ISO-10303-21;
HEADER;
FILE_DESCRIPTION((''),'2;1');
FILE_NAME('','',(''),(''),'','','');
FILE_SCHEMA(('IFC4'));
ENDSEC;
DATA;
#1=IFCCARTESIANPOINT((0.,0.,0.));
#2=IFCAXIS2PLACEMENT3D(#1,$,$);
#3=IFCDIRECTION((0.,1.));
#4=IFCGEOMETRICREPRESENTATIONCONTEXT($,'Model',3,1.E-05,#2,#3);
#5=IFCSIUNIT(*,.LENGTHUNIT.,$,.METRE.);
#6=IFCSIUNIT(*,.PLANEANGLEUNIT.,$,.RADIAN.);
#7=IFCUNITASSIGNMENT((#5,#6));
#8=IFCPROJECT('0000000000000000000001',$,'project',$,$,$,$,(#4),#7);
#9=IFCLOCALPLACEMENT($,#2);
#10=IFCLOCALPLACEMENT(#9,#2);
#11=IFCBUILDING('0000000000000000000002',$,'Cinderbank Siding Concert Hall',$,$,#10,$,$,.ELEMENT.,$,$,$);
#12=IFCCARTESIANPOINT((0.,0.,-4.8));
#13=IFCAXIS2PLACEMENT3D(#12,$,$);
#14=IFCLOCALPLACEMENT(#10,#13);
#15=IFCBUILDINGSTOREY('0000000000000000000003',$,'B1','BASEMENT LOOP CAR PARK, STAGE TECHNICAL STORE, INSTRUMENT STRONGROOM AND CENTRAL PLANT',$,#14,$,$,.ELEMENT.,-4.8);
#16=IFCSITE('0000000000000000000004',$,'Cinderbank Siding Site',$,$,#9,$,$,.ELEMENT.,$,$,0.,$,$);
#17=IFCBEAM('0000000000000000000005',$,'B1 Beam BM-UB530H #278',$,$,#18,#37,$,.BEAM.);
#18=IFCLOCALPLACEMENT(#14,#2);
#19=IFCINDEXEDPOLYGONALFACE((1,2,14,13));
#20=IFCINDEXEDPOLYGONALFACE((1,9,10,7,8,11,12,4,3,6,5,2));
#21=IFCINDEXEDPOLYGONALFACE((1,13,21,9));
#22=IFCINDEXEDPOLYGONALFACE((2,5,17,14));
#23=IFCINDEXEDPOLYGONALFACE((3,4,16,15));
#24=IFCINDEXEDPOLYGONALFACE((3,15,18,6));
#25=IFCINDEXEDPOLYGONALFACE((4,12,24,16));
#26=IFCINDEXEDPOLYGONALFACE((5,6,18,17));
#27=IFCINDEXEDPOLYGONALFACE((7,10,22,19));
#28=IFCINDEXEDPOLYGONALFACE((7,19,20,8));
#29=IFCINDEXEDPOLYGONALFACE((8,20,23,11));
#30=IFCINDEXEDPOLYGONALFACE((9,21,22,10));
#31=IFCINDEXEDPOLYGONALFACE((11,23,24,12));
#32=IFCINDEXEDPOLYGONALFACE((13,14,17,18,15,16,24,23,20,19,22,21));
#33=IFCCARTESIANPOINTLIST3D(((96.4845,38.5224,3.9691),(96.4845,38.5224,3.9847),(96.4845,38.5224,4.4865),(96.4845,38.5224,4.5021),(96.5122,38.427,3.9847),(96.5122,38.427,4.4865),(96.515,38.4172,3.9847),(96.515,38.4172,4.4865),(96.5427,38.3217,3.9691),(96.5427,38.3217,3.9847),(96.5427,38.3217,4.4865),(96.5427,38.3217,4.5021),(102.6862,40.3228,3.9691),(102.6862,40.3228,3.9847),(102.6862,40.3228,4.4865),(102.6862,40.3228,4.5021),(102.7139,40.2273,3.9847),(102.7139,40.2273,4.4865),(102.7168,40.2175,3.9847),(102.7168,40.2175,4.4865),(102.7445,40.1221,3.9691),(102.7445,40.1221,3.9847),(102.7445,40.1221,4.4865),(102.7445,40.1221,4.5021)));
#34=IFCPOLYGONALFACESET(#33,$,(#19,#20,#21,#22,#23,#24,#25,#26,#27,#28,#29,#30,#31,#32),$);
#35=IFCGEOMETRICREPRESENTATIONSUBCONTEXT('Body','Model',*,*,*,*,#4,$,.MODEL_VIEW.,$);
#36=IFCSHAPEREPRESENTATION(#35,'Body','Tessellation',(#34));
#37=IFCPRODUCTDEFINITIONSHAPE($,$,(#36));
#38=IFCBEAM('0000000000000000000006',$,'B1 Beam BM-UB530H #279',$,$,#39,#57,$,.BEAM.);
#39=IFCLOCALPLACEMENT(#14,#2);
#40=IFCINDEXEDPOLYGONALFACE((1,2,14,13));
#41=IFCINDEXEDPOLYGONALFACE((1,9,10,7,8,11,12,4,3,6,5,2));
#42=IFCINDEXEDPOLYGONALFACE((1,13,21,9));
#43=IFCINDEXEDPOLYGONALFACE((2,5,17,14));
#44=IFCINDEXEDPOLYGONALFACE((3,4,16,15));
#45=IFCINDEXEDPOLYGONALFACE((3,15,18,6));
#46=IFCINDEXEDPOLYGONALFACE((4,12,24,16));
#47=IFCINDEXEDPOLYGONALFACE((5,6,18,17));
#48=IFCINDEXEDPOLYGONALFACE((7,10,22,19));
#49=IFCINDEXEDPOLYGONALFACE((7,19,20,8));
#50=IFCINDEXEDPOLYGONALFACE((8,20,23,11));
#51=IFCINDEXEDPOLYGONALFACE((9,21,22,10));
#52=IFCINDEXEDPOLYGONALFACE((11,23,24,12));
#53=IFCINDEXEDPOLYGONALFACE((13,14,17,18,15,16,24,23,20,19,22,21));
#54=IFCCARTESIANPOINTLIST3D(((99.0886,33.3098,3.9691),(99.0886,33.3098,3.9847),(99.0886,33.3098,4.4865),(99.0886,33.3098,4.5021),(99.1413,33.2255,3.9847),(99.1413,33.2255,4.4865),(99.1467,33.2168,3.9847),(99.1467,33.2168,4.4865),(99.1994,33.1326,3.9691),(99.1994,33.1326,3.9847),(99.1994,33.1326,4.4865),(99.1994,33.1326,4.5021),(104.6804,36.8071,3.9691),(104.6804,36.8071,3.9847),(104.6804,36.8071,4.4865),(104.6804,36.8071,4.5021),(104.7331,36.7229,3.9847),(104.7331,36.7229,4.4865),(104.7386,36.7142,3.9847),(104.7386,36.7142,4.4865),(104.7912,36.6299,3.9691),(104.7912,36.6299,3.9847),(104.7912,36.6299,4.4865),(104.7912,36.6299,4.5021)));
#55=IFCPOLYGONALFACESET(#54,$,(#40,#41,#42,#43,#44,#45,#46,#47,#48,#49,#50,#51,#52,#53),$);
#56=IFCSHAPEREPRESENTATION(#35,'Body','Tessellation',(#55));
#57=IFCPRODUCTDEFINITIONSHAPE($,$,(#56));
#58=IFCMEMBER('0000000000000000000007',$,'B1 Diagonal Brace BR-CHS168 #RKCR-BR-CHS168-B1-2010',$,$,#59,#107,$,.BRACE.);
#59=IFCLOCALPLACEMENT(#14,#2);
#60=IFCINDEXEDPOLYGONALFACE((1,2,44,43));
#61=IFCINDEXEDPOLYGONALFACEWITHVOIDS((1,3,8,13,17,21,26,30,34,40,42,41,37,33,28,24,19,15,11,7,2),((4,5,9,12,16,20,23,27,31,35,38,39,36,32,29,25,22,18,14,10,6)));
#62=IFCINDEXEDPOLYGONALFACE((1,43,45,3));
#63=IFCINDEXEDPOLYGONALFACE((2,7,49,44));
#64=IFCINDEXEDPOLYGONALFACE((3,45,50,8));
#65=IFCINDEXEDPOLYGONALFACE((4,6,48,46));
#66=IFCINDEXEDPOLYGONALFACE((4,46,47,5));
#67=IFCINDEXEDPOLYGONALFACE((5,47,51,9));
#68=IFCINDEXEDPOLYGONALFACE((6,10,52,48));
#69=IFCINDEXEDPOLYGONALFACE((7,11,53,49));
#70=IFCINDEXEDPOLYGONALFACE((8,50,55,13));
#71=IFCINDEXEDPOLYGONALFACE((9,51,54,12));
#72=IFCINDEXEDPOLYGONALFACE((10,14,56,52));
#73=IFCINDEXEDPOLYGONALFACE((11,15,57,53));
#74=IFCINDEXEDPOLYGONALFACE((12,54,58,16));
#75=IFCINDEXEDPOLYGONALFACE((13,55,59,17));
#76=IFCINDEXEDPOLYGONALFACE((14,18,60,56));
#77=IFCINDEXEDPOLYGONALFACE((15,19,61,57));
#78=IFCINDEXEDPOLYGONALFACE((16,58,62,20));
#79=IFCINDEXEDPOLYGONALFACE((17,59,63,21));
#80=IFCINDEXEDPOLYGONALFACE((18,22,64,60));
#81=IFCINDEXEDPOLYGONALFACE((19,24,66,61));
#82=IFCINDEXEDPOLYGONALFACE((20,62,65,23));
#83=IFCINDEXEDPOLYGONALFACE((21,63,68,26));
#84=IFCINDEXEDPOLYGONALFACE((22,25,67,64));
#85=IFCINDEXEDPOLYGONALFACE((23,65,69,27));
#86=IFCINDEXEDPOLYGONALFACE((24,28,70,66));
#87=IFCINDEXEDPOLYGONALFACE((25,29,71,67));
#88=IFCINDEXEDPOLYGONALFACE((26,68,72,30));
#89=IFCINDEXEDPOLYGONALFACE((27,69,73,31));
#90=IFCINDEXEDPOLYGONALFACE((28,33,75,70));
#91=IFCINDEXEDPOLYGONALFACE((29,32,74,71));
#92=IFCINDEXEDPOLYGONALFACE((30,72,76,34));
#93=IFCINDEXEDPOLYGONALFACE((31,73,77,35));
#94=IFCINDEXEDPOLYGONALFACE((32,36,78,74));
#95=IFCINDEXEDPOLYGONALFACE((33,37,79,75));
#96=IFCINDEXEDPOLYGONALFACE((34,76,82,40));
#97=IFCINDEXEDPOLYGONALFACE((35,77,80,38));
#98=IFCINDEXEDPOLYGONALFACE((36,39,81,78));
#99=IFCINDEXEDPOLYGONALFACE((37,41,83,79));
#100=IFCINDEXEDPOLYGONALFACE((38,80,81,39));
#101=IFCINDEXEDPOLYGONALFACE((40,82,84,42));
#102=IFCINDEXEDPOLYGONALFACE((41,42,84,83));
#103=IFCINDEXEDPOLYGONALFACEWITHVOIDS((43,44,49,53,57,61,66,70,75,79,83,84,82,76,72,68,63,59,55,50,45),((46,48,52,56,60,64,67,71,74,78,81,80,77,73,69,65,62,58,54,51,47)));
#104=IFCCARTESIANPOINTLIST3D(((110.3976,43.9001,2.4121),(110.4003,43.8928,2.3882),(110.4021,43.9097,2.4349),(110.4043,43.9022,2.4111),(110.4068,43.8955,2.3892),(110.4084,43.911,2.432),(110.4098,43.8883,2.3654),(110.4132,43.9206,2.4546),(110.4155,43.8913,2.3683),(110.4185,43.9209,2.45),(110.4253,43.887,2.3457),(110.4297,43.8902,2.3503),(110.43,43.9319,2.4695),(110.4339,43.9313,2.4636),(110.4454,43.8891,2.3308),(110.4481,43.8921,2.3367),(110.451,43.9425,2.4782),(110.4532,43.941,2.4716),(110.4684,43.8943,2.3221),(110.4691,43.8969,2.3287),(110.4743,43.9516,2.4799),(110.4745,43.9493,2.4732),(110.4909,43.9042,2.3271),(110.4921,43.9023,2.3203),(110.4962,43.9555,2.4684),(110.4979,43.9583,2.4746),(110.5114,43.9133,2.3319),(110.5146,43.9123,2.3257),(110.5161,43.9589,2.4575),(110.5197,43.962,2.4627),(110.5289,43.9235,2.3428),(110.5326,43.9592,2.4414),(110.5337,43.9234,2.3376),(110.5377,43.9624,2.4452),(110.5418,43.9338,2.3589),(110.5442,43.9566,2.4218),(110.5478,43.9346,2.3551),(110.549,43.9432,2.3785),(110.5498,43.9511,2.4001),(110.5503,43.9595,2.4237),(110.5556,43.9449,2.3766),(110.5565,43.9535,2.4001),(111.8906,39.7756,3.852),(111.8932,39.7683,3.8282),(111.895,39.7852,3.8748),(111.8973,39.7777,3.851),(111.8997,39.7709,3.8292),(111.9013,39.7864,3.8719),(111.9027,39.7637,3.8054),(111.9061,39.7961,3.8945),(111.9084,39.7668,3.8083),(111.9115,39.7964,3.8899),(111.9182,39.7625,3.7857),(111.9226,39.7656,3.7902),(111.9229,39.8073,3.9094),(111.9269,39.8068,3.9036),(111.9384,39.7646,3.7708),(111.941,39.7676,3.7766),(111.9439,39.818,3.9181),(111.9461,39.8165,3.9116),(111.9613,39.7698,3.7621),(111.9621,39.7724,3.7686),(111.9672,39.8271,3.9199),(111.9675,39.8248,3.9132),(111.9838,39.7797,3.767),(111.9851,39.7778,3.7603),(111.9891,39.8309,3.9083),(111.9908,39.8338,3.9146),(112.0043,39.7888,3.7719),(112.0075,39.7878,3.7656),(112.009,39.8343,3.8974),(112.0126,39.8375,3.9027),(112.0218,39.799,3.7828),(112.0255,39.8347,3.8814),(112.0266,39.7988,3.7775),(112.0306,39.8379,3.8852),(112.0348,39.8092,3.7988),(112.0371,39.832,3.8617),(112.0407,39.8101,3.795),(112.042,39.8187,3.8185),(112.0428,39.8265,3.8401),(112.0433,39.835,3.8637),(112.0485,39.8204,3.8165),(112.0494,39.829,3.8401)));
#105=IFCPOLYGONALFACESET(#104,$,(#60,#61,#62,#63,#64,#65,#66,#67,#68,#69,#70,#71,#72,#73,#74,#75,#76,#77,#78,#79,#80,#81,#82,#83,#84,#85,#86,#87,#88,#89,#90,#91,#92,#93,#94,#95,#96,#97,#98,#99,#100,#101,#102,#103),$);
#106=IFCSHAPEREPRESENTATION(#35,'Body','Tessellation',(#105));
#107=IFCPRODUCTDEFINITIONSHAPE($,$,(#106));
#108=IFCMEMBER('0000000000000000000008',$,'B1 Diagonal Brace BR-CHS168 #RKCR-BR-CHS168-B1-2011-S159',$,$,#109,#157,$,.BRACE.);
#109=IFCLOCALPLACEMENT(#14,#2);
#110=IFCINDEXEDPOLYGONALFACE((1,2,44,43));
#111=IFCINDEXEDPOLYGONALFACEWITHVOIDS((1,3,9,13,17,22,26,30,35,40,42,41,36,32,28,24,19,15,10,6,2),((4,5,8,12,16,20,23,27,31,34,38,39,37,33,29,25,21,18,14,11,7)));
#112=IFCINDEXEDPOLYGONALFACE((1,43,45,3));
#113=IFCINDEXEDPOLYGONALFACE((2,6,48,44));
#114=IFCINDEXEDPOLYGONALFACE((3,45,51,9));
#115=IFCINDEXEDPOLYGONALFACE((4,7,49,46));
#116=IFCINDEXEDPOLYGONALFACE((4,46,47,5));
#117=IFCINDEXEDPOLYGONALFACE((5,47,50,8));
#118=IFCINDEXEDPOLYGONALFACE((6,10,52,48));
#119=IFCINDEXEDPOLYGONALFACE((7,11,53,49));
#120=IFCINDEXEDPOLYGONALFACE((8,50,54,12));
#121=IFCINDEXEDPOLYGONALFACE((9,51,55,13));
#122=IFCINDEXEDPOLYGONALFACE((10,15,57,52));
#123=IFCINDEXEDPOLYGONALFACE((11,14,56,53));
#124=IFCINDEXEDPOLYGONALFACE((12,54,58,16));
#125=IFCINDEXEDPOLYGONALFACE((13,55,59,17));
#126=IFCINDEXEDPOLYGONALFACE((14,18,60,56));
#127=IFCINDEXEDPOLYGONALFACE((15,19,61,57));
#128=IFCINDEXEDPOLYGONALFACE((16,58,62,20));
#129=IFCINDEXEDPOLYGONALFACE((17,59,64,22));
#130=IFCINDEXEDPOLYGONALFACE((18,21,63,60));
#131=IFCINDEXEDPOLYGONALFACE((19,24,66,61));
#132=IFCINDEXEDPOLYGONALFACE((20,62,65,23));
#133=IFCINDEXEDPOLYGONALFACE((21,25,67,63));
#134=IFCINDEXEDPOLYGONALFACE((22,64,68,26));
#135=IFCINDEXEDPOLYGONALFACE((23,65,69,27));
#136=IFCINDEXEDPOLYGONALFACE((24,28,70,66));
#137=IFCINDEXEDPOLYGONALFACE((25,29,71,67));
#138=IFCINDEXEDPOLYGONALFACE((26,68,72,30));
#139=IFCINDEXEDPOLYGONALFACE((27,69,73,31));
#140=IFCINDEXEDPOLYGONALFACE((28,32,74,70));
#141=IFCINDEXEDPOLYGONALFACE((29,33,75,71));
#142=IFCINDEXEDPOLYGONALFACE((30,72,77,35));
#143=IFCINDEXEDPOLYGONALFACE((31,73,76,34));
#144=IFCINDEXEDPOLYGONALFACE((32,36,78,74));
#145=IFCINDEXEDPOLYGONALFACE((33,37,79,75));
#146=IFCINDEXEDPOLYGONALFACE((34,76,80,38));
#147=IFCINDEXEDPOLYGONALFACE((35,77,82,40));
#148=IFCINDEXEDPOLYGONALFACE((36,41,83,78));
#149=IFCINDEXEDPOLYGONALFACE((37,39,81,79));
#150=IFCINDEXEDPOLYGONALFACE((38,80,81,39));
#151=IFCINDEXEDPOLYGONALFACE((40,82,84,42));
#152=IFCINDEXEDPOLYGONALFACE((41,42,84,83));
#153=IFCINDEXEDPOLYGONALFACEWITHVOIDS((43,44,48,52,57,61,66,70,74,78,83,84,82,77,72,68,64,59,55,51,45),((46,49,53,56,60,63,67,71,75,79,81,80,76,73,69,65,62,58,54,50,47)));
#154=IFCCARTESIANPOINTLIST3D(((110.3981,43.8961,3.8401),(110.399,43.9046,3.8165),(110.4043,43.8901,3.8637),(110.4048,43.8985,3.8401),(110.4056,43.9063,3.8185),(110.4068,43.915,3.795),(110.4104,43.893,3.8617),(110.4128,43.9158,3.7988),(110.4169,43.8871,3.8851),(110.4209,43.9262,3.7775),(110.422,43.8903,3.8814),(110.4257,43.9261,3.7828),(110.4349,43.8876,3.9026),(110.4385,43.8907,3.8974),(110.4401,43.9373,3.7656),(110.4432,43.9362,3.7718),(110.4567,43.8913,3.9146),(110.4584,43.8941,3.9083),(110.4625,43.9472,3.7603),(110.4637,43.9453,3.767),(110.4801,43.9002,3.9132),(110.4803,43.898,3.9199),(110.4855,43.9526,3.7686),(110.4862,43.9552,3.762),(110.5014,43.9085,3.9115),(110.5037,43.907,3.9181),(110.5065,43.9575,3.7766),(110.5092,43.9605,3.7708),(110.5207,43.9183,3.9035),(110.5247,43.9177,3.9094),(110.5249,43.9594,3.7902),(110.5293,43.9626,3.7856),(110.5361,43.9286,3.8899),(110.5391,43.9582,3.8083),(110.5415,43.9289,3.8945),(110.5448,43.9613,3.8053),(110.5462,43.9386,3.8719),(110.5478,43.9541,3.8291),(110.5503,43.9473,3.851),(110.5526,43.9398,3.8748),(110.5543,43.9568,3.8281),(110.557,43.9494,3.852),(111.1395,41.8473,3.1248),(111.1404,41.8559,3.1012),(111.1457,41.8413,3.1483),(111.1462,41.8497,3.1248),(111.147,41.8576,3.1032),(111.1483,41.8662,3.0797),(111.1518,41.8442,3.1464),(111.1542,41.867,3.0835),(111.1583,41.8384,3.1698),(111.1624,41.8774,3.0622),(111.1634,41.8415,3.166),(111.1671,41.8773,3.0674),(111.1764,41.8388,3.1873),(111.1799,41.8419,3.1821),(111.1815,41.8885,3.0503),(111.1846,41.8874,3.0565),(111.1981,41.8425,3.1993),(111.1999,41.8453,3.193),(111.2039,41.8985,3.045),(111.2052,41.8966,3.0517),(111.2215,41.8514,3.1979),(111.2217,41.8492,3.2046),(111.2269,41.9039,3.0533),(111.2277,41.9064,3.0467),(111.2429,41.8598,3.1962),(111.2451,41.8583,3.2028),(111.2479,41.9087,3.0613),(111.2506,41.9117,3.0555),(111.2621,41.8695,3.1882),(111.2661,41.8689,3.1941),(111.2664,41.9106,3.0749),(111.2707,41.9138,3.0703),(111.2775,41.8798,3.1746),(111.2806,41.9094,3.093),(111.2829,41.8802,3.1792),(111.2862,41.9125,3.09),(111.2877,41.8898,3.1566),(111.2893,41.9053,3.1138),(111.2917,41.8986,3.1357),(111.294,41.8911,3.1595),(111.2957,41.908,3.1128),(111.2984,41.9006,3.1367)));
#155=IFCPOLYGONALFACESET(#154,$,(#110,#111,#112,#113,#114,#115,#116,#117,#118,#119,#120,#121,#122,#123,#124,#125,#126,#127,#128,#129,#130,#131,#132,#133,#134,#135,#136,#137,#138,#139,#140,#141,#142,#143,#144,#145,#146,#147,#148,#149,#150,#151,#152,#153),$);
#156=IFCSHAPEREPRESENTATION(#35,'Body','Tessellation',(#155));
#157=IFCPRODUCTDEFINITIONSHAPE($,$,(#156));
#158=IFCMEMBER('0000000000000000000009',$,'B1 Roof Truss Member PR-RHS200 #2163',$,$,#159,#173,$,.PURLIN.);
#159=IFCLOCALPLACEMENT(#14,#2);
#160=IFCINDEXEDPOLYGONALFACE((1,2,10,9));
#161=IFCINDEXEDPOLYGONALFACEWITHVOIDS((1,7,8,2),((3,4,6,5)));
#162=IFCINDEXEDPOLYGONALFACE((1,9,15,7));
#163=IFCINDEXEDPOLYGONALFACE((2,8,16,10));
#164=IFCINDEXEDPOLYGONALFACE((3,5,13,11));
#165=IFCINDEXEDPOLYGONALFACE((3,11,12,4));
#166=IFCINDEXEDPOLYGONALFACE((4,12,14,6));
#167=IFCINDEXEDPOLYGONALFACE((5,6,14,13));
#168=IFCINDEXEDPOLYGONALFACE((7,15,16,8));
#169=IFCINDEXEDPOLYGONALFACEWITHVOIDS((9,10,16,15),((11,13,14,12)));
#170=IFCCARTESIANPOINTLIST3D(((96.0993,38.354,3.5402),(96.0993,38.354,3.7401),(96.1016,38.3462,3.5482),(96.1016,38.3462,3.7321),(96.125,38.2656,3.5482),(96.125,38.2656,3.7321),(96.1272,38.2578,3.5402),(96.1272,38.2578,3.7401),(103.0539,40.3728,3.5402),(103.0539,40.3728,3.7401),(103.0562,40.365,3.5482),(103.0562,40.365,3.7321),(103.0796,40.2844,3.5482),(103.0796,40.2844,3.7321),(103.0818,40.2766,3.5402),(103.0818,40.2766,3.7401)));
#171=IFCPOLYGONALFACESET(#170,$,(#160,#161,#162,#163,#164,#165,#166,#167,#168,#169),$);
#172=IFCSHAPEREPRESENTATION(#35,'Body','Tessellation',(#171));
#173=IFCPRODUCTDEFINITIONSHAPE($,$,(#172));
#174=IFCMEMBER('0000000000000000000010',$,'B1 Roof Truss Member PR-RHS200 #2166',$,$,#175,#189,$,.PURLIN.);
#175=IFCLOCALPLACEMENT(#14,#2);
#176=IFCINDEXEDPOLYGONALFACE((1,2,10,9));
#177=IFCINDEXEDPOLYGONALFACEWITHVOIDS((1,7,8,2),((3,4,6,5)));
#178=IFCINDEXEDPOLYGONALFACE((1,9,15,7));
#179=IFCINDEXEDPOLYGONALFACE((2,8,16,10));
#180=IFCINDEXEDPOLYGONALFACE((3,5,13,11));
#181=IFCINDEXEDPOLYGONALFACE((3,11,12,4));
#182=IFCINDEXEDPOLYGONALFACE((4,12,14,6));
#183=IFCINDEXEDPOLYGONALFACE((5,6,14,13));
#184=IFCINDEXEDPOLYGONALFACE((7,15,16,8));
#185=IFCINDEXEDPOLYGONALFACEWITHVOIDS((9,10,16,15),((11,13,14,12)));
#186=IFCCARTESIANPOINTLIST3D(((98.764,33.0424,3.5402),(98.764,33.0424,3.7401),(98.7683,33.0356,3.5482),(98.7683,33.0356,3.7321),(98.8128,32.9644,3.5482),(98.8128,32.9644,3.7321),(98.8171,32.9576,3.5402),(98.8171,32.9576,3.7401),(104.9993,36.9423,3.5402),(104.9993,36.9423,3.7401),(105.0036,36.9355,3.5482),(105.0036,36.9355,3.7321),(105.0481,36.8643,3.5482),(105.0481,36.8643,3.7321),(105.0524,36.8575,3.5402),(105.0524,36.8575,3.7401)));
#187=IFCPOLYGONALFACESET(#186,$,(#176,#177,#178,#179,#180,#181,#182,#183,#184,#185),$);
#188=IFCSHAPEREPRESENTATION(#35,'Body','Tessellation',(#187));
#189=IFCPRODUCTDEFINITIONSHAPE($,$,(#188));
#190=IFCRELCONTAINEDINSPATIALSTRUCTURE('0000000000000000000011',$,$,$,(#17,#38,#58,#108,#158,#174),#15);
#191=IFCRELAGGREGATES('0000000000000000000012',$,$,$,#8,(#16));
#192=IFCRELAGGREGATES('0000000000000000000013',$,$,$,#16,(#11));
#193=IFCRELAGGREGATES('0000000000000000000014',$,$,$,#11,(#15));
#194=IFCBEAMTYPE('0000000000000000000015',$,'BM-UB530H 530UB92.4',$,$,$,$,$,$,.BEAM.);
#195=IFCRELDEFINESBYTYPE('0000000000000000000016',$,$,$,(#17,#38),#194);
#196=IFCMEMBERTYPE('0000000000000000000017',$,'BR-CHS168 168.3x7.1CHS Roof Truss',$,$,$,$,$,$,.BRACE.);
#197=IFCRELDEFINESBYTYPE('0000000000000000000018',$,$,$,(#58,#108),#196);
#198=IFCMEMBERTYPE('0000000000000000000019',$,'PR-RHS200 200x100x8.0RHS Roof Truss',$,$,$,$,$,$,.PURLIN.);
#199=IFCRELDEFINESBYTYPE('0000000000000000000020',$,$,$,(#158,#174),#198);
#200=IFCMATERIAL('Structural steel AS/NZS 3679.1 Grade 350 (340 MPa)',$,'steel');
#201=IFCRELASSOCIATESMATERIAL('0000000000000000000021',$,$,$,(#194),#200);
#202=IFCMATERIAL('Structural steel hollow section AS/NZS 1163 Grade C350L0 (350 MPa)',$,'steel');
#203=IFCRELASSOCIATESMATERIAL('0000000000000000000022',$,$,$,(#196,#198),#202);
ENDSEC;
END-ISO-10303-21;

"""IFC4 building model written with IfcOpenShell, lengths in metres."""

from ifc_helpers import new_model, si_unit, direction, frame, origin, origin_2d, place, context, subcontext, project, spatial, hollow_rectangle, hollow_circle, i_section, extrude, material, material_profile, profile_set, type_object, element, save


model = new_model("IFC4")

# Units and contexts
model_context = context("Model", 3, precision=1e-05, world=origin(), true_north=direction((0.0, 1.0)))
body_context = subcontext(model_context, "Body", "Model", "MODEL_VIEW")
ifc_project = project(units=[si_unit("LENGTHUNIT", "METRE"), si_unit("PLANEANGLEUNIT", "RADIAN")], contexts=[model_context])

# Site, building, storey
site_placement = place(None, origin())
site = spatial("IfcSite", under=ifc_project, at=site_placement, Name="Cinderbank Siding Site", CompositionType="ELEMENT", RefElevation=0.0)
building_placement = place(site_placement, origin())
building = spatial("IfcBuilding", under=site, at=building_placement, Name="Cinderbank Siding Concert Hall", CompositionType="ELEMENT")
storey_placement = place(building_placement, frame((0.0, 0.0, -4.8)))
storey = spatial("IfcBuildingStorey", under=building, at=storey_placement, Name="B1", Description="BASEMENT LOOP CAR PARK, STAGE TECHNICAL STORE, INSTRUMENT STRONGROOM AND CENTRAL PLANT", CompositionType="ELEMENT", Elevation=-4.8)

# Beams
ifc_material_1 = material(Name="Structural steel AS/NZS 3679.1 Grade 350 (340 MPa)", Category="steel")
ifc_material_profile_1 = material_profile(ifc_material_1, i_section(OverallWidth=0.209, OverallDepth=0.533, WebThickness=0.0103, FlangeThickness=0.0156, at=origin_2d()), Name="530UB92.4", Category="LoadBearing")
ifc_profile_set_1 = profile_set([ifc_material_profile_1], Name="Structural steel AS/NZS 3679.1 Grade 350 (340 MPa)")
beam_type_1 = type_object("IfcBeamType", Name="BM-UB530H 530UB92.4", PredefinedType="BEAM", material=ifc_profile_set_1)
beam_1_placement = place(storey_placement, frame((102.7153, 40.2224, 4.2356), z_axis=(-0.960354, -0.278783, 0.0), x_axis=(0.278783, -0.960354, 0.0)))
element("IfcBeam", 1, at=beam_1_placement, inside=storey, type_object=beam_type_1, Name="B1 Beam BM-UB530H #278", PredefinedType="BEAM", context=body_context, shape_type="SweptSolid", body=[
    extrude(i_section(OverallWidth=0.209, OverallDepth=0.533, WebThickness=0.0103, FlangeThickness=0.0156, at=origin_2d()), origin(), (0.0, 0.0, 1.0), 6.4578),
])
beam_2_placement = place(storey_placement, frame((104.7358, 36.7185, 4.2356), z_axis=(-0.847832, -0.530265, 0.0), x_axis=(0.530265, -0.847832, 0.0)))
element("IfcBeam", 2, at=beam_2_placement, inside=storey, type_object=beam_type_1, Name="B1 Beam BM-UB530H #279", PredefinedType="BEAM", context=body_context, shape_type="SweptSolid", body=[
    extrude(i_section(OverallWidth=0.209, OverallDepth=0.533, WebThickness=0.0103, FlangeThickness=0.0156, at=origin_2d()), origin(), (0.0, 0.0, 1.0), 6.5955),
])

# Members
ifc_material_2 = material(Name="Structural steel hollow section AS/NZS 1163 Grade C350L0 (350 MPa)", Category="steel")
ifc_material_profile_2 = material_profile(ifc_material_2, hollow_circle(Radius=0.0842, WallThickness=0.0071, at=origin_2d()), Name="168.3x7.1CHS", Category="LoadBearing")
ifc_profile_set_2 = profile_set([ifc_material_profile_2], Name="Structural steel hollow section AS/NZS 1163 Grade C350L0 (350 MPa)")
member_type_1 = type_object("IfcMemberType", Name="BR-CHS168 168.3x7.1CHS Roof Truss", PredefinedType="BRACE", material=ifc_profile_set_2)
member_1_placement = place(storey_placement, frame((110.4773, 43.9248, 2.4001), z_axis=(0.323374, -0.893391, 0.311899), x_axis=(0.940298, 0.340353, 0.0)))
element("IfcMember", 3, at=member_1_placement, inside=storey, type_object=member_type_1, Name="B1 Diagonal Brace BR-CHS168 #RKCR-BR-CHS168-B1-2010", PredefinedType="BRACE", context=body_context, shape_type="SweptSolid", body=[
    extrude(hollow_circle(Radius=0.0842, WallThickness=0.0071, at=origin_2d()), origin(), (0.0, 0.0, 1.0), 4.6167),
])
member_2_placement = place(storey_placement, frame((111.2188, 41.876, 3.1248), z_axis=(-0.323316, 0.893404, 0.311925), x_axis=(-0.940319, -0.340294, 0.0)))
element("IfcMember", 4, at=member_2_placement, inside=storey, type_object=member_type_1, Name="B1 Diagonal Brace BR-CHS168 #RKCR-BR-CHS168-B1-2011-S159", PredefinedType="BRACE", context=body_context, shape_type="SweptSolid", body=[
    extrude(hollow_circle(Radius=0.0842, WallThickness=0.0071, at=origin_2d()), origin(), (0.0, 0.0, 1.0), 2.2932),
])
ifc_material_profile_3 = material_profile(ifc_material_2, hollow_rectangle(XDim=0.1001, YDim=0.2, WallThickness=0.0081, at=origin_2d()), Name="200x100x8.0RHS", Category="LoadBearing")
ifc_profile_set_3 = profile_set([ifc_material_profile_3], Name="Structural steel hollow section AS/NZS 1163 Grade C350L0 (350 MPa)")
member_type_2 = type_object("IfcMemberType", Name="PR-RHS200 200x100x8.0RHS Roof Truss", PredefinedType="PURLIN", material=ifc_profile_set_3)
member_3_placement = place(storey_placement, frame((103.0679, 40.3247, 3.6401), z_axis=(-0.960356, -0.278775, 0.0), x_axis=(0.278775, -0.960356, 0.0)))
element("IfcMember", 5, at=member_3_placement, inside=storey, type_object=member_type_2, Name="B1 Roof Truss Member PR-RHS200 #2163", PredefinedType="PURLIN", context=body_context, shape_type="SweptSolid", body=[
    extrude(hollow_rectangle(XDim=0.1001, YDim=0.2, WallThickness=0.0081, at=origin_2d()), origin(), (0.0, 0.0, 1.0), 7.2417),
])
member_4_placement = place(storey_placement, frame((105.0259, 36.8999, 3.6401), z_axis=(-0.847827, -0.530273, 0.0), x_axis=(0.530273, -0.847827, 0.0)))
element("IfcMember", 6, at=member_4_placement, inside=storey, type_object=member_type_2, Name="B1 Roof Truss Member PR-RHS200 #2166", PredefinedType="PURLIN", context=body_context, shape_type="SweptSolid", body=[
    extrude(hollow_rectangle(XDim=0.1001, YDim=0.2, WallThickness=0.0081, at=origin_2d()), origin(), (0.0, 0.0, 1.0), 7.3545),
])

save(model, "model.ifc")
